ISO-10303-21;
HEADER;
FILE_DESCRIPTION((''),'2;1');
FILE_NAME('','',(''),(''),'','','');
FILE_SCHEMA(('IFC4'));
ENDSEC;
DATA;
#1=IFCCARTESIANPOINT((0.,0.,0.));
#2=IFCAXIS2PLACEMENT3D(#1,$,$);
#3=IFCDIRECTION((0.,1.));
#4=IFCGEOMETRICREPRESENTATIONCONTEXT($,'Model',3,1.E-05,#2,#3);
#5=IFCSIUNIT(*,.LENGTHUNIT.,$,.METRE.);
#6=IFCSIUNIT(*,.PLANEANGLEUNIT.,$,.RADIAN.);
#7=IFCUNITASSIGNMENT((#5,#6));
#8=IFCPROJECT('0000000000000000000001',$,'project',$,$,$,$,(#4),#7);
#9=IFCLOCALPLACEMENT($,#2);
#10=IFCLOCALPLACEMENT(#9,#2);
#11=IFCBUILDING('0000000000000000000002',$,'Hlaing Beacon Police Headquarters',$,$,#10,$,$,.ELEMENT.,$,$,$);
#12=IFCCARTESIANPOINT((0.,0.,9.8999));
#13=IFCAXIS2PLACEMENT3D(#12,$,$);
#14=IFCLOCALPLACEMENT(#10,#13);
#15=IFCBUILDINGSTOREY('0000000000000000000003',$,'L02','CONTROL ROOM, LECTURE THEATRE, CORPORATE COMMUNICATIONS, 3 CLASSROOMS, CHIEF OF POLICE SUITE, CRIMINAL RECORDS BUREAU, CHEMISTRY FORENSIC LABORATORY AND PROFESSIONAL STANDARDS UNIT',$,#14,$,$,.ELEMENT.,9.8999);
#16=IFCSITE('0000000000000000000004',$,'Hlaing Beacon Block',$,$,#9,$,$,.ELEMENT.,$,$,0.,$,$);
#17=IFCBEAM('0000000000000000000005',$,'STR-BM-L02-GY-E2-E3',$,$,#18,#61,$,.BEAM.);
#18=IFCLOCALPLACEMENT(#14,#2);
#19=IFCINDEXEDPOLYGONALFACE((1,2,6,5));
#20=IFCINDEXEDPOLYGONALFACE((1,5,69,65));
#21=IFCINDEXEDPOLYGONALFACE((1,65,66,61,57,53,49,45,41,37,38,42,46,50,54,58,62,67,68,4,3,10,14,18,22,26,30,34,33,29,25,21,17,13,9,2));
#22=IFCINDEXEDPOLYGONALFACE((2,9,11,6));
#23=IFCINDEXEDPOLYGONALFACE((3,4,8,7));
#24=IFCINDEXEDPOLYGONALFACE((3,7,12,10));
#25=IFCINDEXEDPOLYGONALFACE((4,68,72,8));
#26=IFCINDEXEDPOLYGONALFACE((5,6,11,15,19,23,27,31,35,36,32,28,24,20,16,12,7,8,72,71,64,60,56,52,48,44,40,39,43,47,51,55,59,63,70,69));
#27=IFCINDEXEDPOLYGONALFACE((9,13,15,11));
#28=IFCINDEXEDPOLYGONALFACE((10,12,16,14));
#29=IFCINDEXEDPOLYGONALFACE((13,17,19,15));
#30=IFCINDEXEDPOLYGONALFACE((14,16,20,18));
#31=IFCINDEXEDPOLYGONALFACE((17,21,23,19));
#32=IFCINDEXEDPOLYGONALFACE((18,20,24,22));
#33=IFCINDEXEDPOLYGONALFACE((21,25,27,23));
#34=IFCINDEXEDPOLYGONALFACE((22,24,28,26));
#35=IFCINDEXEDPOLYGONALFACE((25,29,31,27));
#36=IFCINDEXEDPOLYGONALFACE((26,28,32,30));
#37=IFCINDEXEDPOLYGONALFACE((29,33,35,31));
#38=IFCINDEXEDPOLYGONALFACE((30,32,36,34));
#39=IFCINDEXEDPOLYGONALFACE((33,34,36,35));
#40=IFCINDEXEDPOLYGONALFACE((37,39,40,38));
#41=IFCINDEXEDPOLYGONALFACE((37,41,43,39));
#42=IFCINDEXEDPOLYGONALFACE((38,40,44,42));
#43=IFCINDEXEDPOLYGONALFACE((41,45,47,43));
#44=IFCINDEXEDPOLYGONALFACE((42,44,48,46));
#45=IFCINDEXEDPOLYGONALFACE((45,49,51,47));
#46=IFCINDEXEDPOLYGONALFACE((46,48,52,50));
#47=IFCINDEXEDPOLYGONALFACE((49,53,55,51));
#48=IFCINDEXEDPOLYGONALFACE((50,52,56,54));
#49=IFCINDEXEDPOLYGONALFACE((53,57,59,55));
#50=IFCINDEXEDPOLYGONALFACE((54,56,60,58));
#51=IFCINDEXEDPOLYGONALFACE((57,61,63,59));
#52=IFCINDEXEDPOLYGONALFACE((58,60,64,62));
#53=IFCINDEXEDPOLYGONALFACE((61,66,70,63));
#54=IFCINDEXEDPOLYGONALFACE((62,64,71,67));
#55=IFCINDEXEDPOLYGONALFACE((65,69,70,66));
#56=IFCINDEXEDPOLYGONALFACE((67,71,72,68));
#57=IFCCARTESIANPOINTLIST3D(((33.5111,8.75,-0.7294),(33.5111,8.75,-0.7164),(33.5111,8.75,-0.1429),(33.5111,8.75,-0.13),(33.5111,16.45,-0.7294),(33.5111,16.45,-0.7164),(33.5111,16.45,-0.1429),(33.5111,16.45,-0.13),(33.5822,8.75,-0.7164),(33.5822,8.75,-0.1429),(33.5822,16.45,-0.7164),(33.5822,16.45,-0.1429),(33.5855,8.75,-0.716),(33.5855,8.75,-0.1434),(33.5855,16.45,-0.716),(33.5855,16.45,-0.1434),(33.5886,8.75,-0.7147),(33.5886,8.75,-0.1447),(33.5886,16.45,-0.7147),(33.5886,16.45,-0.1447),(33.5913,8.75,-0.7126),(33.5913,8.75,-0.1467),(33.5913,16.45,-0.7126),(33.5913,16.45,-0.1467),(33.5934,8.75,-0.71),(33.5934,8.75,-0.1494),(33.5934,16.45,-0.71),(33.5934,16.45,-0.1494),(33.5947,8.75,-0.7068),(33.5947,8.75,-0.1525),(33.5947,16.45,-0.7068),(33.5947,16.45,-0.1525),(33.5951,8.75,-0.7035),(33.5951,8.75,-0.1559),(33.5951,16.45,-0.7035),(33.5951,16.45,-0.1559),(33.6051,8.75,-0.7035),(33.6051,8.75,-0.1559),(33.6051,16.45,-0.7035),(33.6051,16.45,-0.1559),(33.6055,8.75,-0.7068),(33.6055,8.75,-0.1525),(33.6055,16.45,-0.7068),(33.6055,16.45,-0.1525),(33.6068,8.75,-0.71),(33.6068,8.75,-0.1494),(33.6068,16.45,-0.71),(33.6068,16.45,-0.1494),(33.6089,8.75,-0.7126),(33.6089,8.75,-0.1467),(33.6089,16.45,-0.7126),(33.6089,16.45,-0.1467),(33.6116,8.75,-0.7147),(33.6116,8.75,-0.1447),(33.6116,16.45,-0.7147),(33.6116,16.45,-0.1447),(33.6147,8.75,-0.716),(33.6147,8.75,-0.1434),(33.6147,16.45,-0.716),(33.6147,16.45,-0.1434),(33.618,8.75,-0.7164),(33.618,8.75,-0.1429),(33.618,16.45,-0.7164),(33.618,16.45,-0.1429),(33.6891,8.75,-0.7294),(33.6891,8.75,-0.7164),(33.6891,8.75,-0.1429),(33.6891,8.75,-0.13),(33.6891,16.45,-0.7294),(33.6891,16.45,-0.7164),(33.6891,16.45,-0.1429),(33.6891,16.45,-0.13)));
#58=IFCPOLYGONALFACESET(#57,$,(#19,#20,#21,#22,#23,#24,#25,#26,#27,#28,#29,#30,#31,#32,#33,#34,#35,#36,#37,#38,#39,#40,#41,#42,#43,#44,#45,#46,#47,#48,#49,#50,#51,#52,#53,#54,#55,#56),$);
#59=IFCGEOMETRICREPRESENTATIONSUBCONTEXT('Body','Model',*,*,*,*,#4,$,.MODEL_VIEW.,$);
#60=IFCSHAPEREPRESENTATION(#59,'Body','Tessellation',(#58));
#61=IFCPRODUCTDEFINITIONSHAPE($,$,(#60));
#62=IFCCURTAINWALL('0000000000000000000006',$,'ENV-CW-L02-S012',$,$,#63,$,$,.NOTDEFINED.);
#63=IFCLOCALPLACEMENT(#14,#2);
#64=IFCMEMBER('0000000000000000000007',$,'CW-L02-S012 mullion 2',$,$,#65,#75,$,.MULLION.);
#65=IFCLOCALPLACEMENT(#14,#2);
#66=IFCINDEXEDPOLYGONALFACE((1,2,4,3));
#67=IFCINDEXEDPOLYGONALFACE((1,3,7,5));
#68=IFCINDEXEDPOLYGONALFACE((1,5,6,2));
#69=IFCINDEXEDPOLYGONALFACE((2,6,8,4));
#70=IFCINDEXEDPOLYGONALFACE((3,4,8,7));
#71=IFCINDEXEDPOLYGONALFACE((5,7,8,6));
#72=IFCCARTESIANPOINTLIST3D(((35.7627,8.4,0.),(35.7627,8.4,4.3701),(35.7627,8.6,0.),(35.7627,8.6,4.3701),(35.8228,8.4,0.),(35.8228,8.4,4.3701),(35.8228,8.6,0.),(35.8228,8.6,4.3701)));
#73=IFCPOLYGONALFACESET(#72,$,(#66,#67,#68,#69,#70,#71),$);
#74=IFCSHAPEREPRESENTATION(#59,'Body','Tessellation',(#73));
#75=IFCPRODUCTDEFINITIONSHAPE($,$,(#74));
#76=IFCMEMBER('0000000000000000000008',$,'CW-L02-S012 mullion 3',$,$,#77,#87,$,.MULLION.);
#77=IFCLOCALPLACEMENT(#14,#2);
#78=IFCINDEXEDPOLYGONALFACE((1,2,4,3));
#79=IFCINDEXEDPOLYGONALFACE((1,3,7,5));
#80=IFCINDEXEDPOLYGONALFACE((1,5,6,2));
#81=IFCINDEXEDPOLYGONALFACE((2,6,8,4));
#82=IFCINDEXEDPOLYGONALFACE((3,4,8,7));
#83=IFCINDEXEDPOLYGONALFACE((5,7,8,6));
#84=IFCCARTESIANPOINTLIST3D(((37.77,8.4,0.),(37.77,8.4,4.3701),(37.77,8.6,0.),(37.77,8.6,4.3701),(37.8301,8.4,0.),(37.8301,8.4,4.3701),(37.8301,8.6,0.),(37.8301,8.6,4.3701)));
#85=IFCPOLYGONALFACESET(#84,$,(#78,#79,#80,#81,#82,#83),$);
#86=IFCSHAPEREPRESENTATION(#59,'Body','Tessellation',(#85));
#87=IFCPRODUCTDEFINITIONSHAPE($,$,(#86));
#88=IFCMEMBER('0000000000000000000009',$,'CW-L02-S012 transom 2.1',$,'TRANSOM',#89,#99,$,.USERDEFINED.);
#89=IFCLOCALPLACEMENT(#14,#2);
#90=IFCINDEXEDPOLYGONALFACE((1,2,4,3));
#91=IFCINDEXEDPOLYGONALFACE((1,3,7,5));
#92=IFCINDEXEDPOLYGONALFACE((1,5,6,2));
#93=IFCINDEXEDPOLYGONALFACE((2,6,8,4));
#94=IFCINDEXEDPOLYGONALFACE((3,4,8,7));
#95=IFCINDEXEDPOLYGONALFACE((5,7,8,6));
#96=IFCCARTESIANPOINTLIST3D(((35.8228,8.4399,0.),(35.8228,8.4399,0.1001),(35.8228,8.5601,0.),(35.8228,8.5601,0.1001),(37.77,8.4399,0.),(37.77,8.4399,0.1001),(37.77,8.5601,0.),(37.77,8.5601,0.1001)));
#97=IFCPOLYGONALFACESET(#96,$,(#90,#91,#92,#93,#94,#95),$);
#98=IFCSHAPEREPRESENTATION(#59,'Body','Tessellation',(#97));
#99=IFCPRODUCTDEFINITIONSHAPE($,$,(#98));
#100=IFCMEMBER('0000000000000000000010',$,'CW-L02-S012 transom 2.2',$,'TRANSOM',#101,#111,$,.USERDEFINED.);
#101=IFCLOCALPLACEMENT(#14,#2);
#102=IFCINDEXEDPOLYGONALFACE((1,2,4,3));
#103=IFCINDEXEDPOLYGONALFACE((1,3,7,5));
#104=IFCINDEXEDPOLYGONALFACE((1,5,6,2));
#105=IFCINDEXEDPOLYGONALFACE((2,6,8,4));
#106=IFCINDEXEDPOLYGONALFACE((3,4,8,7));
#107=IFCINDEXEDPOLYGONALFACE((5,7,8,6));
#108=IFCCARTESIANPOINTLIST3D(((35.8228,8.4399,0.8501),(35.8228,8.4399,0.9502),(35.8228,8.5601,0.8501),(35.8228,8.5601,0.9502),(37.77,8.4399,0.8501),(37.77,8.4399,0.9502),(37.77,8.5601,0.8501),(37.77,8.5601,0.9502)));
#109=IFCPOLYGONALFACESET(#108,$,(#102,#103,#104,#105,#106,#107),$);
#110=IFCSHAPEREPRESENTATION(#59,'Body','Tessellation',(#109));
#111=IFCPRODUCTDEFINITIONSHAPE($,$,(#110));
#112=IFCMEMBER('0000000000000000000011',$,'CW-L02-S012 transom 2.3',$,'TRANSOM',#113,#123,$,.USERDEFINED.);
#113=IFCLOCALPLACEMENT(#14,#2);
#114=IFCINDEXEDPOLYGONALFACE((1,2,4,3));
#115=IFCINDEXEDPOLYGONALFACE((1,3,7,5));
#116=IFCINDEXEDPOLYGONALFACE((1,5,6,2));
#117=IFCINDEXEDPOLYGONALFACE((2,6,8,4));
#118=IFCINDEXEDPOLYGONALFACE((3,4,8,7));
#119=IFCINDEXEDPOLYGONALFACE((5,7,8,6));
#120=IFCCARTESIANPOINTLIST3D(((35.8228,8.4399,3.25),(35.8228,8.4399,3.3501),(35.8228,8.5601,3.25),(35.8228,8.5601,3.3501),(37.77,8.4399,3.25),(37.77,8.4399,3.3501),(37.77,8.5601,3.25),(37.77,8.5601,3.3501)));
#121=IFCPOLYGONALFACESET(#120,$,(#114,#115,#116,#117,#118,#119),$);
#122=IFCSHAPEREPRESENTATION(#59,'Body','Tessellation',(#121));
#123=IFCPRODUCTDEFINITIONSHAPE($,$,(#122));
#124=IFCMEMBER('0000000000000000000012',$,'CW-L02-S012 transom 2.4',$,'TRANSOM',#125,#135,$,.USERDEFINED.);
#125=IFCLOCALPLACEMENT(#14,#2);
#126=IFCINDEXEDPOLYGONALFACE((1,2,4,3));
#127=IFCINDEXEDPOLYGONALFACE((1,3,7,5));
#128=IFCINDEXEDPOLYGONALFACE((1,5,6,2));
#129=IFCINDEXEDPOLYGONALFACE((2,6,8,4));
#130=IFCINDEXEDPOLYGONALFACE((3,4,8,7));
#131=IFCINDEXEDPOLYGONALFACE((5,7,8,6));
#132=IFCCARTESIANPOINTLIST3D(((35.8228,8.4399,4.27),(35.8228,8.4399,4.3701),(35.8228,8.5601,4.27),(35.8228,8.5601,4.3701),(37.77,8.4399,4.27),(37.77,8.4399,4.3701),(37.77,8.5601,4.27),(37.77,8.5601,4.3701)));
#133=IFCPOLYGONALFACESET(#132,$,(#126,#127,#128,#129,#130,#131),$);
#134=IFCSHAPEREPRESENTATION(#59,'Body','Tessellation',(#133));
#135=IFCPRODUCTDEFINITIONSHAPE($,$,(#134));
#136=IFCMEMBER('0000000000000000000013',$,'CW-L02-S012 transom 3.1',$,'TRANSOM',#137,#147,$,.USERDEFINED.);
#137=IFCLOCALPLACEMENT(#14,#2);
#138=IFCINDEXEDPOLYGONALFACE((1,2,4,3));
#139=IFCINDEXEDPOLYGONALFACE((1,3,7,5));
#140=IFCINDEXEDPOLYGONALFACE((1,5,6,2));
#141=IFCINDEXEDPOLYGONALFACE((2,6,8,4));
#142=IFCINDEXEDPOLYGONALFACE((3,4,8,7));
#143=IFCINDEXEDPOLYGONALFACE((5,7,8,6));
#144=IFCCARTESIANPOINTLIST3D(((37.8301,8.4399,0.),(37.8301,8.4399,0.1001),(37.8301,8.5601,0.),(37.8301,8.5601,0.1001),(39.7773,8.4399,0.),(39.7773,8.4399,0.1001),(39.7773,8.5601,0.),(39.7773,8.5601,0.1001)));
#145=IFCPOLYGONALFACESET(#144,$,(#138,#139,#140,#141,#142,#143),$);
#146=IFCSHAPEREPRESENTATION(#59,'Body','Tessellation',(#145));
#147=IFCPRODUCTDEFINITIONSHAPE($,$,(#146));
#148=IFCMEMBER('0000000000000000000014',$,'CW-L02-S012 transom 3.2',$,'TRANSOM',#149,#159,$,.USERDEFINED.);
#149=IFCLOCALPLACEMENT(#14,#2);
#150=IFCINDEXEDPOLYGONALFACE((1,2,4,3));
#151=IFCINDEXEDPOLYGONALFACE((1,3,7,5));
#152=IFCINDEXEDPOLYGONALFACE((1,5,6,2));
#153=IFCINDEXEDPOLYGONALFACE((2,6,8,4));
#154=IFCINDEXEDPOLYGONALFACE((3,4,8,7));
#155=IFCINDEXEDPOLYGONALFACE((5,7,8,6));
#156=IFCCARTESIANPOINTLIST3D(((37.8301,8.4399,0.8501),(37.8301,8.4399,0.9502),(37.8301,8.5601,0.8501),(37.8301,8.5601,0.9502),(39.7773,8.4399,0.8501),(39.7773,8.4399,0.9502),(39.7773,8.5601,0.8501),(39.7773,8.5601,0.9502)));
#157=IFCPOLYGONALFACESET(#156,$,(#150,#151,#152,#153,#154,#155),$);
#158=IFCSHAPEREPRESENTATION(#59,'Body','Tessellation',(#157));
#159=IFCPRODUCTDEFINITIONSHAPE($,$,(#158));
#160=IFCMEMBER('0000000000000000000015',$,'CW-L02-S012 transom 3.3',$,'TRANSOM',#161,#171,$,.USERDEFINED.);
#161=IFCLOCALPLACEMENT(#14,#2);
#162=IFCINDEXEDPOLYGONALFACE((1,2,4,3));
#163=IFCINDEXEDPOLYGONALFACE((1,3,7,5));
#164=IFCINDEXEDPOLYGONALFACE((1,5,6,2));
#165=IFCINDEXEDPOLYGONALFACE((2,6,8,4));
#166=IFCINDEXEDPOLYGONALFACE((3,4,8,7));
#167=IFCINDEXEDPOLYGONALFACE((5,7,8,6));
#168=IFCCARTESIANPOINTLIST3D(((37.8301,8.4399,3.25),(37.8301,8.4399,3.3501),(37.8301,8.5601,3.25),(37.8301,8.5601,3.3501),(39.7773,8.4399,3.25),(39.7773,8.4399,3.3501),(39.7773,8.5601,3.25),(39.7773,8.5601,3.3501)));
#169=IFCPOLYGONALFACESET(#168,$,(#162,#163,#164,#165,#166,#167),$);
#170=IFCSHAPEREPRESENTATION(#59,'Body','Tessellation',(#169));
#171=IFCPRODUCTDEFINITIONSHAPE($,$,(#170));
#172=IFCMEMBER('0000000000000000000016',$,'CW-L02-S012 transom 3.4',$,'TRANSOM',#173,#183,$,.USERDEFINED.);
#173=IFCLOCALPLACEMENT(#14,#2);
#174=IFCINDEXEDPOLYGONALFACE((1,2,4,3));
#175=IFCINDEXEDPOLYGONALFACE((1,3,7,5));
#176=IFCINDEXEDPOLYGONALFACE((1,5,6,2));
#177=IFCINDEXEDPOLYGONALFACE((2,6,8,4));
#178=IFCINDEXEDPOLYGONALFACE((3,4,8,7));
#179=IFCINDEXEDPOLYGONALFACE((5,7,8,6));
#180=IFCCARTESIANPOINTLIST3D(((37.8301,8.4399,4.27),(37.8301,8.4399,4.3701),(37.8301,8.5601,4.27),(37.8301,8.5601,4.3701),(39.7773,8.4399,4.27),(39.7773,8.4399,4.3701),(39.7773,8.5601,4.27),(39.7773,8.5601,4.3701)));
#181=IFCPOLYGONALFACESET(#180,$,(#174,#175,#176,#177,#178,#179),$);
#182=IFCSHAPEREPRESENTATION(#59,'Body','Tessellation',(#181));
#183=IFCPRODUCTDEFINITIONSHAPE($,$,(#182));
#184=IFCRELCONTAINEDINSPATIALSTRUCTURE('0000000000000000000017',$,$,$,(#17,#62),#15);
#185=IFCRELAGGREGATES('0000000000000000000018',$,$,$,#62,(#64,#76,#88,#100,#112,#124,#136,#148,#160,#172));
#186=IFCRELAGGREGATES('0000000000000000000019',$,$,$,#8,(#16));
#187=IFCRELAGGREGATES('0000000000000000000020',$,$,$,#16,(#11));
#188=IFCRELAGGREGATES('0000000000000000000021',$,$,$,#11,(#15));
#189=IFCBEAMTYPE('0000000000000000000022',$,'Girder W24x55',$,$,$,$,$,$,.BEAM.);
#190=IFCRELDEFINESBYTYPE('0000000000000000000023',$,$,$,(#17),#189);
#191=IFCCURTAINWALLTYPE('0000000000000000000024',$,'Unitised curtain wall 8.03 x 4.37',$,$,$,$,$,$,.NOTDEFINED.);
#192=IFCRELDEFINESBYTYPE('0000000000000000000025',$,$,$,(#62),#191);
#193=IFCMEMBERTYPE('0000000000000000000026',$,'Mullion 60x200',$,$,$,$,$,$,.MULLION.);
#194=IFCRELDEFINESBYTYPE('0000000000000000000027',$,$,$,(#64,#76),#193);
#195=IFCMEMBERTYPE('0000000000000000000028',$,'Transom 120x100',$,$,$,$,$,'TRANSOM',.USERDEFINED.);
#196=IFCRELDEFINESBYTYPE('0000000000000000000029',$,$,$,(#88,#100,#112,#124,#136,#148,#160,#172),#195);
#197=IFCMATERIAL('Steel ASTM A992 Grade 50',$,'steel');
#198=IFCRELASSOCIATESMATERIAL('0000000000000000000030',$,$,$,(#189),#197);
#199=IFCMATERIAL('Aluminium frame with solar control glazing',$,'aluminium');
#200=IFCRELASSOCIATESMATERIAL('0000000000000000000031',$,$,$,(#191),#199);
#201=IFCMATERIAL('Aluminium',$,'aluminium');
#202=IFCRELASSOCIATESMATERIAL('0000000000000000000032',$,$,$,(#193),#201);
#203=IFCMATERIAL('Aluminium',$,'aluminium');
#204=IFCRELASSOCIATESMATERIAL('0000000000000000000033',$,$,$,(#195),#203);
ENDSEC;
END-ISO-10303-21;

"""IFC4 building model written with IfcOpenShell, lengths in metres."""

from ifc_helpers import new_model, si_unit, direction, frame, origin, origin_2d, place, context, subcontext, project, spatial, rectangle, i_section, extrude, material, material_profile, profile_set, type_object, element, aggregate, save


model = new_model("IFC4")

# Units and contexts
model_context = context("Model", 3, precision=1e-05, world=origin(), true_north=direction((0.0, 1.0)))
body_context = subcontext(model_context, "Body", "Model", "MODEL_VIEW")
ifc_project = project(units=[si_unit("LENGTHUNIT", "METRE"), si_unit("PLANEANGLEUNIT", "RADIAN")], contexts=[model_context])

# Site, building, storey
site_placement = place(None, origin())
site = spatial("IfcSite", under=ifc_project, at=site_placement, Name="Hlaing Beacon Block", CompositionType="ELEMENT", RefElevation=0.0)
building_placement = place(site_placement, origin())
building = spatial("IfcBuilding", under=site, at=building_placement, Name="Hlaing Beacon Police Headquarters", CompositionType="ELEMENT")
storey_placement = place(building_placement, frame((0.0, 0.0, 9.8999)))
storey = spatial("IfcBuildingStorey", under=building, at=storey_placement, Name="L02", Description="CONTROL ROOM, LECTURE THEATRE, CORPORATE COMMUNICATIONS, 3 CLASSROOMS, CHIEF OF POLICE SUITE, CRIMINAL RECORDS BUREAU, CHEMISTRY FORENSIC LABORATORY AND PROFESSIONAL STANDARDS UNIT", CompositionType="ELEMENT", Elevation=9.8999)

# Beam
ifc_material_1 = material(Name="Steel ASTM A992 Grade 50", Category="steel")
ifc_material_profile_1 = material_profile(ifc_material_1, i_section(OverallWidth=0.178, OverallDepth=0.5994, WebThickness=0.01, FlangeThickness=0.0129, FilletRadius=0.0129, at=origin_2d()), Name="W24x55")
ifc_profile_set_1 = profile_set([ifc_material_profile_1], Name="Steel ASTM A992 Grade 50")
beam_type = type_object("IfcBeamType", Name="Girder W24x55", PredefinedType="BEAM", material=ifc_profile_set_1)
beam_placement = place(storey_placement, frame((33.6001, 8.75, -0.4297), z_axis=(0.0, 1.0, 0.0), x_axis=(-1.0, 0.0, 0.0)))
element("IfcBeam", 1, at=beam_placement, inside=storey, type_object=beam_type, Name="STR-BM-L02-GY-E2-E3", PredefinedType="BEAM", context=body_context, shape_type="SweptSolid", body=[
    extrude(i_section(OverallWidth=0.178, OverallDepth=0.5994, WebThickness=0.01, FlangeThickness=0.0129, FilletRadius=0.0129, at=origin_2d()), origin(), (0.0, 0.0, 1.0), 7.7),
])

# Curtain wall, members
ifc_material_2 = material(Name="Aluminium frame with solar control glazing", Category="aluminium")
curtain_wall_type = type_object("IfcCurtainWallType", Name="Unitised curtain wall 8.03 x 4.37", PredefinedType="NOTDEFINED", material=ifc_material_2)
curtain_wall_placement = place(storey_placement, origin())
curtain_wall = element("IfcCurtainWall", 2, at=curtain_wall_placement, inside=storey, type_object=curtain_wall_type, Name="ENV-CW-L02-S012", PredefinedType="NOTDEFINED")
ifc_material_3 = material(Name="Aluminium", Category="aluminium")
ifc_material_profile_2 = material_profile(ifc_material_3, rectangle(XDim=0.2, YDim=0.0601, at=origin_2d()), Name="Mullion 60x200")
ifc_profile_set_2 = profile_set([ifc_material_profile_2], Name="Aluminium")
member_type_1 = type_object("IfcMemberType", Name="Mullion 60x200", PredefinedType="MULLION", material=ifc_profile_set_2)
member_1_placement = place(storey_placement, frame((35.7927, 8.5, 0.0), z_axis=(0.0, 0.0, 1.0), x_axis=(0.0, 1.0, 0.0)))
member_1 = element("IfcMember", 3, at=member_1_placement, type_object=member_type_1, Name="CW-L02-S012 mullion 2", PredefinedType="MULLION", context=body_context, shape_type="SweptSolid", body=[
    extrude(rectangle(XDim=0.2, YDim=0.0601, at=origin_2d()), origin(), (0.0, 0.0, 1.0), 4.3701),
])
member_2_placement = place(storey_placement, frame((37.8, 8.5, 0.0), z_axis=(0.0, 0.0, 1.0), x_axis=(0.0, 1.0, 0.0)))
member_2 = element("IfcMember", 4, at=member_2_placement, type_object=member_type_1, Name="CW-L02-S012 mullion 3", PredefinedType="MULLION", context=body_context, shape_type="SweptSolid", body=[
    extrude(rectangle(XDim=0.2, YDim=0.0601, at=origin_2d()), origin(), (0.0, 0.0, 1.0), 4.3701),
])
ifc_material_4 = material(Name="Aluminium", Category="aluminium")
ifc_material_profile_3 = material_profile(ifc_material_4, rectangle(XDim=0.1201, YDim=0.1001, at=origin_2d()), Name="Transom 120x100")
ifc_profile_set_3 = profile_set([ifc_material_profile_3], Name="Aluminium")
member_type_2 = type_object("IfcMemberType", Name="Transom 120x100", ElementType="TRANSOM", PredefinedType="USERDEFINED", material=ifc_profile_set_3)
member_3_placement = place(storey_placement, frame((35.8228, 8.5, 0.05), z_axis=(1.0, 0.0, 0.0), x_axis=(0.0, 1.0, 0.0)))
member_3 = element("IfcMember", 5, at=member_3_placement, type_object=member_type_2, Name="CW-L02-S012 transom 2.1", ObjectType="TRANSOM", PredefinedType="USERDEFINED", context=body_context, shape_type="SweptSolid", body=[
    extrude(rectangle(XDim=0.1201, YDim=0.1001, at=origin_2d()), origin(), (0.0, 0.0, 1.0), 1.9473),
])
member_4_placement = place(storey_placement, frame((35.8228, 8.5, 0.9001), z_axis=(1.0, 0.0, 0.0), x_axis=(0.0, 1.0, 0.0)))
member_4 = element("IfcMember", 6, at=member_4_placement, type_object=member_type_2, Name="CW-L02-S012 transom 2.2", ObjectType="TRANSOM", PredefinedType="USERDEFINED", context=body_context, shape_type="SweptSolid", body=[
    extrude(rectangle(XDim=0.1201, YDim=0.1001, at=origin_2d()), origin(), (0.0, 0.0, 1.0), 1.9473),
])
member_5_placement = place(storey_placement, frame((35.8228, 8.5, 3.3), z_axis=(1.0, 0.0, 0.0), x_axis=(0.0, 1.0, 0.0)))
member_5 = element("IfcMember", 7, at=member_5_placement, type_object=member_type_2, Name="CW-L02-S012 transom 2.3", ObjectType="TRANSOM", PredefinedType="USERDEFINED", context=body_context, shape_type="SweptSolid", body=[
    extrude(rectangle(XDim=0.1201, YDim=0.1001, at=origin_2d()), origin(), (0.0, 0.0, 1.0), 1.9473),
])
member_6_placement = place(storey_placement, frame((35.8228, 8.5, 4.3201), z_axis=(1.0, 0.0, 0.0), x_axis=(0.0, 1.0, 0.0)))
member_6 = element("IfcMember", 8, at=member_6_placement, type_object=member_type_2, Name="CW-L02-S012 transom 2.4", ObjectType="TRANSOM", PredefinedType="USERDEFINED", context=body_context, shape_type="SweptSolid", body=[
    extrude(rectangle(XDim=0.1201, YDim=0.1001, at=origin_2d()), origin(), (0.0, 0.0, 1.0), 1.9473),
])
member_7_placement = place(storey_placement, frame((37.8301, 8.5, 0.05), z_axis=(1.0, 0.0, 0.0), x_axis=(0.0, 1.0, 0.0)))
member_7 = element("IfcMember", 9, at=member_7_placement, type_object=member_type_2, Name="CW-L02-S012 transom 3.1", ObjectType="TRANSOM", PredefinedType="USERDEFINED", context=body_context, shape_type="SweptSolid", body=[
    extrude(rectangle(XDim=0.1201, YDim=0.1001, at=origin_2d()), origin(), (0.0, 0.0, 1.0), 1.9473),
])
member_8_placement = place(storey_placement, frame((37.8301, 8.5, 0.9001), z_axis=(1.0, 0.0, 0.0), x_axis=(0.0, 1.0, 0.0)))
member_8 = element("IfcMember", 10, at=member_8_placement, type_object=member_type_2, Name="CW-L02-S012 transom 3.2", ObjectType="TRANSOM", PredefinedType="USERDEFINED", context=body_context, shape_type="SweptSolid", body=[
    extrude(rectangle(XDim=0.1201, YDim=0.1001, at=origin_2d()), origin(), (0.0, 0.0, 1.0), 1.9473),
])
member_9_placement = place(storey_placement, frame((37.8301, 8.5, 3.3), z_axis=(1.0, 0.0, 0.0), x_axis=(0.0, 1.0, 0.0)))
member_9 = element("IfcMember", 11, at=member_9_placement, type_object=member_type_2, Name="CW-L02-S012 transom 3.3", ObjectType="TRANSOM", PredefinedType="USERDEFINED", context=body_context, shape_type="SweptSolid", body=[
    extrude(rectangle(XDim=0.1201, YDim=0.1001, at=origin_2d()), origin(), (0.0, 0.0, 1.0), 1.9473),
])
member_10_placement = place(storey_placement, frame((37.8301, 8.5, 4.3201), z_axis=(1.0, 0.0, 0.0), x_axis=(0.0, 1.0, 0.0)))
member_10 = element("IfcMember", 12, at=member_10_placement, type_object=member_type_2, Name="CW-L02-S012 transom 3.4", ObjectType="TRANSOM", PredefinedType="USERDEFINED", context=body_context, shape_type="SweptSolid", body=[
    extrude(rectangle(XDim=0.1201, YDim=0.1001, at=origin_2d()), origin(), (0.0, 0.0, 1.0), 1.9473),
])
aggregate(curtain_wall, [member_1, member_2, member_3, member_4, member_5, member_6, member_7, member_8, member_9, member_10])

save(model, "model.ifc")
